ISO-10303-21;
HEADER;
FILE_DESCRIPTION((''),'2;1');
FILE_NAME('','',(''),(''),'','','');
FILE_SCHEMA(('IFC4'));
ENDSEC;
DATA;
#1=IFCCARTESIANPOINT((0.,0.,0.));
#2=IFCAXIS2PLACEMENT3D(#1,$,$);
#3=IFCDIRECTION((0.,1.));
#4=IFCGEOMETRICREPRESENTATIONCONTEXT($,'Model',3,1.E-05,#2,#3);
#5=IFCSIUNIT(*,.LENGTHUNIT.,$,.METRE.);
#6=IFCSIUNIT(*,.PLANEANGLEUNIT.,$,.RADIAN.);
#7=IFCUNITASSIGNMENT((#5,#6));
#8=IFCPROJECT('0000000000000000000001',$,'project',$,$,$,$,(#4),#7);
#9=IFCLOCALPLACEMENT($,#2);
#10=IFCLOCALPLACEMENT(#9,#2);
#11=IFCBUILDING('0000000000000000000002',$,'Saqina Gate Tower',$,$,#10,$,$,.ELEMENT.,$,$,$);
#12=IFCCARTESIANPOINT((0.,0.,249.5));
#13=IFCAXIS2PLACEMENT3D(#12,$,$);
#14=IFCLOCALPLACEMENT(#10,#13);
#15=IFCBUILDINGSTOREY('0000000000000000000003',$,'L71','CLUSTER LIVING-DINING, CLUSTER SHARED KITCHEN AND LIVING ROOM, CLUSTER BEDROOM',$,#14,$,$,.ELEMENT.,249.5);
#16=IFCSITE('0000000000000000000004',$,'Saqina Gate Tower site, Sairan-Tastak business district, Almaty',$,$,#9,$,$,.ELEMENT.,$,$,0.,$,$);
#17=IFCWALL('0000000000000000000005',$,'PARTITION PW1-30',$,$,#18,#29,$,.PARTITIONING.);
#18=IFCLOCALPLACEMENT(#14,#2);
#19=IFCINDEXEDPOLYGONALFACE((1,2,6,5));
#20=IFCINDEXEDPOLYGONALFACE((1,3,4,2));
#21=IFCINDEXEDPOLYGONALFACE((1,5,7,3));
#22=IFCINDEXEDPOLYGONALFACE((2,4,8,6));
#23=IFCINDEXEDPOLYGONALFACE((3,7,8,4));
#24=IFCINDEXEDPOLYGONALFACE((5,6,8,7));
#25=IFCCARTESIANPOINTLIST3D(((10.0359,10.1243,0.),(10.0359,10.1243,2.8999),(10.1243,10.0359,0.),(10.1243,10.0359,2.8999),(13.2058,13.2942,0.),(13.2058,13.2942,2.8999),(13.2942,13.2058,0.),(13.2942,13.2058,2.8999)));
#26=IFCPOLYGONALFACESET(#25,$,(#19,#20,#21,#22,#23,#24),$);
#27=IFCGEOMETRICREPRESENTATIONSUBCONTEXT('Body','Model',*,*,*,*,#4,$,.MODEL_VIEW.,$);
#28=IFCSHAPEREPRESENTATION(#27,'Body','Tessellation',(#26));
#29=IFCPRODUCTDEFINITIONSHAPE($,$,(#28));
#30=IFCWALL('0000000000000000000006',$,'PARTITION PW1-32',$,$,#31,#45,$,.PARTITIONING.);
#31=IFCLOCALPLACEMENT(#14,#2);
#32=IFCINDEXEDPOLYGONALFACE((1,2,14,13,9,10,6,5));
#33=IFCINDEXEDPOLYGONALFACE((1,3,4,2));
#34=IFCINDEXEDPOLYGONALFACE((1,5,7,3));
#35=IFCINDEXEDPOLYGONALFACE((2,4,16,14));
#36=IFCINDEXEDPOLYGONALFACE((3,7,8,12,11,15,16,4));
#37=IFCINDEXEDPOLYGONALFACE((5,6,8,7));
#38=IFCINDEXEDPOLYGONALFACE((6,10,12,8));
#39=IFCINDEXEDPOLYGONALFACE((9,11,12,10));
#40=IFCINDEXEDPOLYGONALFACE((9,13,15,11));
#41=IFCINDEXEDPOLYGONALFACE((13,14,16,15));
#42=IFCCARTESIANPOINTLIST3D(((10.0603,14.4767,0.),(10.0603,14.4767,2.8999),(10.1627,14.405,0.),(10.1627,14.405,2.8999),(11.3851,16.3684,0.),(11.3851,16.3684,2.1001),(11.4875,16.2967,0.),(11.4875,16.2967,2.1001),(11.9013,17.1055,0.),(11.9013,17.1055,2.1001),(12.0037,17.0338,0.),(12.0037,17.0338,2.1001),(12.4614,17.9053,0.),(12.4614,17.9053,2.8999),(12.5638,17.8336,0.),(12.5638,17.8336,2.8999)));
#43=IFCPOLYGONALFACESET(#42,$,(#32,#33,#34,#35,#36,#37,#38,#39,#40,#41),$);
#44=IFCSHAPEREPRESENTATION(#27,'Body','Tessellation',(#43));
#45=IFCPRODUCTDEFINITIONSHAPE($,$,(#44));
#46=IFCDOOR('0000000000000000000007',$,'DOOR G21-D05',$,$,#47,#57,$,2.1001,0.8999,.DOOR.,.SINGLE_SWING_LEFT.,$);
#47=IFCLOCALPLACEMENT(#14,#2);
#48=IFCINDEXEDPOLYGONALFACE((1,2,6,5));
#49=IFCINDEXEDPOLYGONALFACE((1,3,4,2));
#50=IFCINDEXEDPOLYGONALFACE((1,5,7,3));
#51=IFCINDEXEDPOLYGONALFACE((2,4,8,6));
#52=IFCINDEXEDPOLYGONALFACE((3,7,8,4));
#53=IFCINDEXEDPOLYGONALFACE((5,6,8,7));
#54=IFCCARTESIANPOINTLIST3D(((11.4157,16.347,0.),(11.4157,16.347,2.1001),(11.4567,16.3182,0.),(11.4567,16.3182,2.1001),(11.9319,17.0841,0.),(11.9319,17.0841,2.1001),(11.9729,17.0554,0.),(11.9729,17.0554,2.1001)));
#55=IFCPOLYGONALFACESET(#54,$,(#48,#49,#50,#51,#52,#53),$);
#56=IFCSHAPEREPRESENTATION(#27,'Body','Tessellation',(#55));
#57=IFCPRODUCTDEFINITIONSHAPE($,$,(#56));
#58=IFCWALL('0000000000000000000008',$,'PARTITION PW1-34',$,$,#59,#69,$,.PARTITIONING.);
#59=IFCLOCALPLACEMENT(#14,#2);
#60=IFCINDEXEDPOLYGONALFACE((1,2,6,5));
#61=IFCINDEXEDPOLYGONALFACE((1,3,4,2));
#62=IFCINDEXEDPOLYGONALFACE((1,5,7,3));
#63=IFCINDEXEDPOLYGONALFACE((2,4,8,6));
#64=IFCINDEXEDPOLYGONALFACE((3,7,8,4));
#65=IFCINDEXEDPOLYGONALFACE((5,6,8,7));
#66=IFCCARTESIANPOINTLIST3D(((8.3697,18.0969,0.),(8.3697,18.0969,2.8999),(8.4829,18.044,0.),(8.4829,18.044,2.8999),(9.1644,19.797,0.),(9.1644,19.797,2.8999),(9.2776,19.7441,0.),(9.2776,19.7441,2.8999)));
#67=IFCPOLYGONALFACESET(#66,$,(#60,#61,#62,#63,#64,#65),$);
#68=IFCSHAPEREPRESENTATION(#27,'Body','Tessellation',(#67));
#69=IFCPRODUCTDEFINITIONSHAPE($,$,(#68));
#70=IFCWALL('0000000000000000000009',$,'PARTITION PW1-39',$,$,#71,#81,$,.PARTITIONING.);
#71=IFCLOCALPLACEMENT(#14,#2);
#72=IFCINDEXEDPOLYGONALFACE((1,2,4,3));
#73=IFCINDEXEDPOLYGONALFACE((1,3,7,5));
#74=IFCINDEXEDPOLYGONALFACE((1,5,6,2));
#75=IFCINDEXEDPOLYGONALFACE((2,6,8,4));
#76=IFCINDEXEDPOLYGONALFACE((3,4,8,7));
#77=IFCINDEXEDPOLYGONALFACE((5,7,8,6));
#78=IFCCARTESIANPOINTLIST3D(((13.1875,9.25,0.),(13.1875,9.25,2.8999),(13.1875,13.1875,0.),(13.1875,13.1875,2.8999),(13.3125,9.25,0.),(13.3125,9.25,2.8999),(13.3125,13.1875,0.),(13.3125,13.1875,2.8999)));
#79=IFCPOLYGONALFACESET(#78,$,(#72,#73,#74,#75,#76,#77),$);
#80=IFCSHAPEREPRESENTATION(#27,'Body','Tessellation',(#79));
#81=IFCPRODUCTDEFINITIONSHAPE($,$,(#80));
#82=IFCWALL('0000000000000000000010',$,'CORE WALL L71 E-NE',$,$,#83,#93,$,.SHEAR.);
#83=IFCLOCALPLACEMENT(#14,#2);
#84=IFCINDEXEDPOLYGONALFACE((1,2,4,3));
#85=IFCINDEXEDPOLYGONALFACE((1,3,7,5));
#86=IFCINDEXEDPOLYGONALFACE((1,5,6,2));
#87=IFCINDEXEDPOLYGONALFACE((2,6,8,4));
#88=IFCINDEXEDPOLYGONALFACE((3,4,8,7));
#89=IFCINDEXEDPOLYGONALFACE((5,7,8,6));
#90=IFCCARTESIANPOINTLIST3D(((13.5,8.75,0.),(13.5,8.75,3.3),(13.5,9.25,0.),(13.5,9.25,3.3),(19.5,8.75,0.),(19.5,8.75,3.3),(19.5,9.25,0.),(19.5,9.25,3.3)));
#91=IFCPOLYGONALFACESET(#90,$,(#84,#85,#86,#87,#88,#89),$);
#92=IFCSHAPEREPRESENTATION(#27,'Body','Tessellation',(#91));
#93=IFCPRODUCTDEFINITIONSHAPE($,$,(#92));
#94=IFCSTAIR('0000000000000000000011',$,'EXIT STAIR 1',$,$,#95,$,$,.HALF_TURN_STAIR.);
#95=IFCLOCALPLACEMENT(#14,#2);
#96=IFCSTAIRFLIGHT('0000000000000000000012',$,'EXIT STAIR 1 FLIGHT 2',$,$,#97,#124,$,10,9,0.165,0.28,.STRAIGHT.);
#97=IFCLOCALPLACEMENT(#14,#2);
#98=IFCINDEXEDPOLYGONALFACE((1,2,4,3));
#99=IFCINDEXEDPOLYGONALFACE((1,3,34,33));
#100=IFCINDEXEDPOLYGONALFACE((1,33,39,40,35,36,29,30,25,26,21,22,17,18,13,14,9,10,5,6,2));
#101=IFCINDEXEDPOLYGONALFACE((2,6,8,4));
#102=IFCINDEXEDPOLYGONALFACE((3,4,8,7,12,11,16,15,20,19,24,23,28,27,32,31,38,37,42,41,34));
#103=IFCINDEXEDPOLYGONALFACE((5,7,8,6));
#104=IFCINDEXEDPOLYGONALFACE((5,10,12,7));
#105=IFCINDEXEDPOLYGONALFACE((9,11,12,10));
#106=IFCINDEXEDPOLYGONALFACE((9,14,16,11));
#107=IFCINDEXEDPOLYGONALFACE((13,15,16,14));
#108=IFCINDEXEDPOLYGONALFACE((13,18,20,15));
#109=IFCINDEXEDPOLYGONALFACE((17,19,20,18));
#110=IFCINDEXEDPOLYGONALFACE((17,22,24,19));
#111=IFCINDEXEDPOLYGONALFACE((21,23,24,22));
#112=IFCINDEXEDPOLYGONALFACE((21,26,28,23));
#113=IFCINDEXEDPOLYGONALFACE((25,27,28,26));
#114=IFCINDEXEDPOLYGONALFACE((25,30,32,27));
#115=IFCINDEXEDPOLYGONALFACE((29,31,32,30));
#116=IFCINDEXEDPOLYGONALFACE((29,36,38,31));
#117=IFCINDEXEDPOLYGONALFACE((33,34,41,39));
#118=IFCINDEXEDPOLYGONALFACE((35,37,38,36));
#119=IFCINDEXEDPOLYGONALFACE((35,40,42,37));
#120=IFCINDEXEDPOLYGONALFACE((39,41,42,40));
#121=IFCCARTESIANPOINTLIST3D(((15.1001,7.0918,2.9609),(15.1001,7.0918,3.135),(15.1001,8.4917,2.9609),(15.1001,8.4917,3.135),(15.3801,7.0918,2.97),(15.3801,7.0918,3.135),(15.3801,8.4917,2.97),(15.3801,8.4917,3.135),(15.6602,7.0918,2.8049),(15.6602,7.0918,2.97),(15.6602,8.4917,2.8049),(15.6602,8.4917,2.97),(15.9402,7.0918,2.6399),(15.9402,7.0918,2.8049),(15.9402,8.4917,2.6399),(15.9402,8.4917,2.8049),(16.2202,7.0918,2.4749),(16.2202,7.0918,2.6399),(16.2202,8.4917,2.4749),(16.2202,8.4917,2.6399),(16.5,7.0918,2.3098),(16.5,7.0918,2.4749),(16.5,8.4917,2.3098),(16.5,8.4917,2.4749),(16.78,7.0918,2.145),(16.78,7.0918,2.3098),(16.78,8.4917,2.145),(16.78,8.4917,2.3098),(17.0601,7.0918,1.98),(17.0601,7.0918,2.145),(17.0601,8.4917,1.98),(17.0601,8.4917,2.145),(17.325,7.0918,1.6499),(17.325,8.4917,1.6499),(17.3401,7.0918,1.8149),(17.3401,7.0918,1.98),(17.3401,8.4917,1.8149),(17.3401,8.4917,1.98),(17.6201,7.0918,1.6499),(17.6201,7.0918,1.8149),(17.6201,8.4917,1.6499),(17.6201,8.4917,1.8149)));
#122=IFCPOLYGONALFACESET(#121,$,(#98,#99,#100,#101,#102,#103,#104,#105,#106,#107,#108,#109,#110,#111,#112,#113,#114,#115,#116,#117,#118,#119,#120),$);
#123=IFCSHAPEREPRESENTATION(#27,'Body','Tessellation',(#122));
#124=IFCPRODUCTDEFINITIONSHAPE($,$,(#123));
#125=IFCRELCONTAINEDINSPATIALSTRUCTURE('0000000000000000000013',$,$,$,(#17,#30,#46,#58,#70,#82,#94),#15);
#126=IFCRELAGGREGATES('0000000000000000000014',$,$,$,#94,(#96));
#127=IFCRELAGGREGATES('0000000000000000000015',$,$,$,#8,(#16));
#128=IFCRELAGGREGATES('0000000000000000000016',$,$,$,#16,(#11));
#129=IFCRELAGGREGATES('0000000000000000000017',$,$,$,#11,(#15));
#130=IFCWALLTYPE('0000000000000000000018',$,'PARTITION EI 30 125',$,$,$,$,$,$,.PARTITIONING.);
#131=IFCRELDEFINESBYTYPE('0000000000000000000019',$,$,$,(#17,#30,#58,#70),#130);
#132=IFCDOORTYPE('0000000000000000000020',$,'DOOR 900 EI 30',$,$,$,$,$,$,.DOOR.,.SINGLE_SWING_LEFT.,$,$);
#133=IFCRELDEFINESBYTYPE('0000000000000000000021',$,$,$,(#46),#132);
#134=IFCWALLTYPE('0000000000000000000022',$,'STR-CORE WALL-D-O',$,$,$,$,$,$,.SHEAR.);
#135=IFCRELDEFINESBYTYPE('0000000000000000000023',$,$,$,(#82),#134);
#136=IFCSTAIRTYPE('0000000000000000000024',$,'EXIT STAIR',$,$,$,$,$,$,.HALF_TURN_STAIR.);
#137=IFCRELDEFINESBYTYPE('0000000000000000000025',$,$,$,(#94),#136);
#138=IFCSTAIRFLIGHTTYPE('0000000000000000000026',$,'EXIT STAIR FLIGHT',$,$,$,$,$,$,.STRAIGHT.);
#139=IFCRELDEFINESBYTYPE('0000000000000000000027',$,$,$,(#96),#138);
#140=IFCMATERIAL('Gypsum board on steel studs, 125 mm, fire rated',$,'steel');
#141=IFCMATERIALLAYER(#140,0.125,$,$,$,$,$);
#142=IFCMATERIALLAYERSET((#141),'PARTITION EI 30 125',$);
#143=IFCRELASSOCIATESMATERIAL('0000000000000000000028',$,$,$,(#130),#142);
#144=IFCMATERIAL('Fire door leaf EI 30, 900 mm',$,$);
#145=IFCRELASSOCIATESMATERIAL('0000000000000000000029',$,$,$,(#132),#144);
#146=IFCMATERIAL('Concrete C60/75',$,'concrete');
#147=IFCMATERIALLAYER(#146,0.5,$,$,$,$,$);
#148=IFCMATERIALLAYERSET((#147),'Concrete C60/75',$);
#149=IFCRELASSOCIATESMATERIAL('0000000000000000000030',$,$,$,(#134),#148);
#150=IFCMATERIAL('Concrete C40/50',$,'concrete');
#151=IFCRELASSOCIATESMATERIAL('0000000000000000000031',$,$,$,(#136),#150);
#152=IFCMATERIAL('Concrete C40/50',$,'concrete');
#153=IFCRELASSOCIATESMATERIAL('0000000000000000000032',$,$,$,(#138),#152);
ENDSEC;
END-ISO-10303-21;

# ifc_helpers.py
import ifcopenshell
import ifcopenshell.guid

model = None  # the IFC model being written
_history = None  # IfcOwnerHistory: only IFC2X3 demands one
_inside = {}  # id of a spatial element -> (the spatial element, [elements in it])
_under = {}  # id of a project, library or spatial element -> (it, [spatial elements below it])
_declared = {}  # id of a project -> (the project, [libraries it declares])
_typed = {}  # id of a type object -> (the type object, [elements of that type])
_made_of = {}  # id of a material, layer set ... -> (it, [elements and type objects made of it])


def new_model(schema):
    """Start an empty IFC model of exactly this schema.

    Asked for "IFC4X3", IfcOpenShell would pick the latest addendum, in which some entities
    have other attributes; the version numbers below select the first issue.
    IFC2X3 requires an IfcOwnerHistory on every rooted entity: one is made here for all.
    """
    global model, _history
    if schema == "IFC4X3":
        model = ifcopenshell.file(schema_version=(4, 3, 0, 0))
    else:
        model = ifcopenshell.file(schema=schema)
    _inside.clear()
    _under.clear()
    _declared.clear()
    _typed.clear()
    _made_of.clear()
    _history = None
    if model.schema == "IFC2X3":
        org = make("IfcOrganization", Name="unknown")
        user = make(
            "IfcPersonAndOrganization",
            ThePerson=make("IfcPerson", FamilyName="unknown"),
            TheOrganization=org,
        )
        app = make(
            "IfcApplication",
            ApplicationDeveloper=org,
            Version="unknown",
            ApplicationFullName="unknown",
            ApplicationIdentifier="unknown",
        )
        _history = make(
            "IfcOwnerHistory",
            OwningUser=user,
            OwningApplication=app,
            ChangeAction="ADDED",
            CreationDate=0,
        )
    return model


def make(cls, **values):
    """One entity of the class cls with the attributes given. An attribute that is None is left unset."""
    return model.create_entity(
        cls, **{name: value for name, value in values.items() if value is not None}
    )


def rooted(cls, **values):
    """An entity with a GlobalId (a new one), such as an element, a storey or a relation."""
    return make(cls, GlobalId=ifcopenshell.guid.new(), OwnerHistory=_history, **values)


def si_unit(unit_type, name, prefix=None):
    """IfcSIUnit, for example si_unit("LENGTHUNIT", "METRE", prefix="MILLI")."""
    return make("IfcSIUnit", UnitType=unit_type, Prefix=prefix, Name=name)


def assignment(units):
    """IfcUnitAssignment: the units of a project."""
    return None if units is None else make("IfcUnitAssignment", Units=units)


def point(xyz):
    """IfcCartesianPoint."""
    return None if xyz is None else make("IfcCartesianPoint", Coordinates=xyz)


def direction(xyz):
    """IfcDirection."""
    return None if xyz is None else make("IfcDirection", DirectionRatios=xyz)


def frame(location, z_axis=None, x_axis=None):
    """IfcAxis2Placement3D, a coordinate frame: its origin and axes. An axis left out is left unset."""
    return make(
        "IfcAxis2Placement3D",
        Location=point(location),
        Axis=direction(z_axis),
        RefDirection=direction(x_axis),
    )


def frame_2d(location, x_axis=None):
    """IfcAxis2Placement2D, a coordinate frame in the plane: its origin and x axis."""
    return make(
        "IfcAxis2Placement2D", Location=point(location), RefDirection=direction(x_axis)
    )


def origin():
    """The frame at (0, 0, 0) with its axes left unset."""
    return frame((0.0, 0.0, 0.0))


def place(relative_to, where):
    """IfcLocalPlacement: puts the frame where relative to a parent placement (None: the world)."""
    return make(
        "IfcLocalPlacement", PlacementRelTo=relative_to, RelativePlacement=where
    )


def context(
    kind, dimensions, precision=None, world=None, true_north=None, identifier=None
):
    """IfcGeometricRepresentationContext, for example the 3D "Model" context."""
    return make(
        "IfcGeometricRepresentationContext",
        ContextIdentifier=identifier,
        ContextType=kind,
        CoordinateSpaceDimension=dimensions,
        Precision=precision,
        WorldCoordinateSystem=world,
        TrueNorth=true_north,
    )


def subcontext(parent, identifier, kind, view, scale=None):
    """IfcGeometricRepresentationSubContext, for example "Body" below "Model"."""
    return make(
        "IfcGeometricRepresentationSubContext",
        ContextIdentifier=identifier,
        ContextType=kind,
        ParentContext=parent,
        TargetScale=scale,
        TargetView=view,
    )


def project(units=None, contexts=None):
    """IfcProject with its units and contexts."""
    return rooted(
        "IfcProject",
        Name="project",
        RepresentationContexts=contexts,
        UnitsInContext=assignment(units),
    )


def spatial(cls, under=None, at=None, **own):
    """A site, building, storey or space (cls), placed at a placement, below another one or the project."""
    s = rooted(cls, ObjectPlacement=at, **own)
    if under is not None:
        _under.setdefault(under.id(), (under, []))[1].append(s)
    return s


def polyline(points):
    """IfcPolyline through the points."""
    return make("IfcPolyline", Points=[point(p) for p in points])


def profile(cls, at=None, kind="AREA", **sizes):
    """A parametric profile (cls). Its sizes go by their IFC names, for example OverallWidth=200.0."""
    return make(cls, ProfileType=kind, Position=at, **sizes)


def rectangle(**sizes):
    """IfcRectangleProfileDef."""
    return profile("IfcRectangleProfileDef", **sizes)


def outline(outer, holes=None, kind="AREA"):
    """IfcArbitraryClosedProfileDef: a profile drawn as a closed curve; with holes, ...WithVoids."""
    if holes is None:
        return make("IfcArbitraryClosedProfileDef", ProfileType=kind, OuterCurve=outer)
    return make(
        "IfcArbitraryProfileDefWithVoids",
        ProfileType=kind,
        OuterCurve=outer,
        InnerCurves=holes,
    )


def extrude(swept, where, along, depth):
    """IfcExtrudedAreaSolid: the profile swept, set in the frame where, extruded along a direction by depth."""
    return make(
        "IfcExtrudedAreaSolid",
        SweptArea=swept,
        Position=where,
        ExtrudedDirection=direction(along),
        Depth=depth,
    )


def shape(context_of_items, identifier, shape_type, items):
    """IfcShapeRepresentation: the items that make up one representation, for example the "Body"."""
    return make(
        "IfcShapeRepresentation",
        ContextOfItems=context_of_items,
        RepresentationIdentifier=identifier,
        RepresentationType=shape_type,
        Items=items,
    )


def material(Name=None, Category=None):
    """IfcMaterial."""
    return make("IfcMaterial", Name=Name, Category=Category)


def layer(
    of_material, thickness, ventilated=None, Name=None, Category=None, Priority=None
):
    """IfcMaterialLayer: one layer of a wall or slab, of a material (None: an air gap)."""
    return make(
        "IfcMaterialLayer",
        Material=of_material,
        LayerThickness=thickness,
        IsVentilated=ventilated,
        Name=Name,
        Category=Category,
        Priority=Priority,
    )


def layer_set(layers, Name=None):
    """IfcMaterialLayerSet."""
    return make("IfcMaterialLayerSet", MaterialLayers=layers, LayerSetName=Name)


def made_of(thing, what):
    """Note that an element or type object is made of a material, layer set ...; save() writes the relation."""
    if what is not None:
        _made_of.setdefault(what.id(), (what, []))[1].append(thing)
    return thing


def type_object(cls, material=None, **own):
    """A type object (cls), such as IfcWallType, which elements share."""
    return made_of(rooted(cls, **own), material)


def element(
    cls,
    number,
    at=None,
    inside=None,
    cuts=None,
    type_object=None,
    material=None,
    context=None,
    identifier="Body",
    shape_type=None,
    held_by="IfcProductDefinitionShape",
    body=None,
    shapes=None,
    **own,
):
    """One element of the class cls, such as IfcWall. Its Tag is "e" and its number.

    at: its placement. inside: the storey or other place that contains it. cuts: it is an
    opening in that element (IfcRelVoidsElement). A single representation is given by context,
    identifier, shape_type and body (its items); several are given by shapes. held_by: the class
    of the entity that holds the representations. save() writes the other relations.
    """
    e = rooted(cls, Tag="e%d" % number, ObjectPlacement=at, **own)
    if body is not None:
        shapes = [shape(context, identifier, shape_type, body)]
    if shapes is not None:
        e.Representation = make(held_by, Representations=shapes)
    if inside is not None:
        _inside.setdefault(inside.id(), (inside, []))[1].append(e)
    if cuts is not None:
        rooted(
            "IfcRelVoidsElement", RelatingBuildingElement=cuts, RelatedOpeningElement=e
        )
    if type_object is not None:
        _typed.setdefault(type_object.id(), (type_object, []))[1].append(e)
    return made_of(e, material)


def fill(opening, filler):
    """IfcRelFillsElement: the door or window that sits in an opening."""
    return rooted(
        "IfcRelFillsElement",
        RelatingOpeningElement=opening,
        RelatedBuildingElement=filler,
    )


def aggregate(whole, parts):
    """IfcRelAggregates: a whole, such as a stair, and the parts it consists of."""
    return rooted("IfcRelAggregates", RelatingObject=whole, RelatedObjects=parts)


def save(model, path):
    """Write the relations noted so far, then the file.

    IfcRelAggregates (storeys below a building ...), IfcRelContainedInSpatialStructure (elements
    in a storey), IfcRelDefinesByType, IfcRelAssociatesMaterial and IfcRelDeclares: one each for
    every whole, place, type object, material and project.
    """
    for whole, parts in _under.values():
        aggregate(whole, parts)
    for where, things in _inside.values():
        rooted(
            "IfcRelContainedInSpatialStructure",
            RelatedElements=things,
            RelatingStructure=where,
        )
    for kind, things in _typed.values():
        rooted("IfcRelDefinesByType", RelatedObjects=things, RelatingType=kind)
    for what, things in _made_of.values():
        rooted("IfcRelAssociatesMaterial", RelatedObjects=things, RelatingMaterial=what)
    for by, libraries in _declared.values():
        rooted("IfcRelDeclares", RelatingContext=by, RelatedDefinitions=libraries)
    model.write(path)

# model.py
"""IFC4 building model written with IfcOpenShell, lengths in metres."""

from ifc_helpers import new_model, si_unit, direction, frame, frame_2d, origin, place, context, subcontext, project, spatial, polyline, rectangle, outline, extrude, material, layer, layer_set, type_object, element, fill, aggregate, save


model = new_model("IFC4")

# Units and contexts
model_context = context("Model", 3, precision=1e-05, world=origin(), true_north=direction((0.0, 1.0)))
body_context = subcontext(model_context, "Body", "Model", "MODEL_VIEW")
ifc_project = project(units=[si_unit("LENGTHUNIT", "METRE"), si_unit("PLANEANGLEUNIT", "RADIAN")], contexts=[model_context])

# Site, building, storey
site_placement = place(None, origin())
site = spatial("IfcSite", under=ifc_project, at=site_placement, Name="Saqina Gate Tower site, Sairan-Tastak business district, Almaty", CompositionType="ELEMENT", RefElevation=0.0)
building_placement = place(site_placement, origin())
building = spatial("IfcBuilding", under=site, at=building_placement, Name="Saqina Gate Tower", CompositionType="ELEMENT")
storey_placement = place(building_placement, frame((0.0, 0.0, 249.5)))
storey = spatial("IfcBuildingStorey", under=building, at=storey_placement, Name="L71", Description="CLUSTER LIVING-DINING, CLUSTER SHARED KITCHEN AND LIVING ROOM, CLUSTER BEDROOM", CompositionType="ELEMENT", Elevation=249.5)

# Wall
ifc_material_1 = material(Name="Gypsum board on steel studs, 125 mm, fire rated", Category="steel")
ifc_layer_1 = layer(ifc_material_1, 0.125)
ifc_layer_set_1 = layer_set([ifc_layer_1], Name="PARTITION EI 30 125")
wall_type_1 = type_object("IfcWallType", Name="PARTITION EI 30 125", PredefinedType="PARTITIONING", material=ifc_layer_set_1)
wall_1_placement = place(storey_placement, frame((10.0801, 10.0801, 0.0), z_axis=(0.0, 0.0, 1.0), x_axis=(0.707107, 0.707107, 0.0)))
element("IfcWall", 1, at=wall_1_placement, inside=storey, type_object=wall_type_1, Name="PARTITION PW1-30", PredefinedType="PARTITIONING", context=body_context, shape_type="SweptSolid", body=[
    extrude(rectangle(XDim=4.4829, YDim=0.125, at=frame_2d((2.2415, 0.0))), origin(), (0.0, 0.0, 1.0), 2.8999),
])

# Wall, opening, door
wall_2_placement = place(storey_placement, frame((10.1116, 14.4409, 0.0), z_axis=(0.0, 0.0, 1.0), x_axis=(0.573627, 0.819117, 0.0)))
wall_2 = element("IfcWall", 2, at=wall_2_placement, inside=storey, type_object=wall_type_1, Name="PARTITION PW1-32", PredefinedType="PARTITIONING", context=body_context, shape_type="SweptSolid", body=[
    extrude(rectangle(XDim=4.1858, YDim=0.125, at=frame_2d((2.0928, 0.0))), origin(), (0.0, 0.0, 1.0), 2.8999),
])
opening_1_placement = place(wall_2_placement, frame((2.3093, 0.0, 0.0)))
opening_1 = element("IfcOpeningElement", 3, at=opening_1_placement, cuts=wall_2, PredefinedType="OPENING", context=body_context, shape_type="SweptSolid", body=[
    extrude(rectangle(XDim=0.8999, YDim=2.1001, at=frame_2d((0.45, 1.05))), frame((0.0, 0.0745, 0.0), z_axis=(0.0, -1.0, 0.0), x_axis=(1.0, 0.0, 0.0)), (0.0, 0.0, 1.0), 0.1489),
])
ifc_material_2 = material(Name="Fire door leaf EI 30, 900 mm")
door_type_1 = type_object("IfcDoorType", Name="DOOR 900 EI 30", OperationType="SINGLE_SWING_LEFT", PredefinedType="DOOR", material=ifc_material_2)
door_1_placement = place(opening_1_placement, frame((0.8999, 0.0, 0.0), z_axis=(0.0, 0.0, 1.0), x_axis=(-1.0, 0.0, 0.0)))
door_1 = element("IfcDoor", 4, at=door_1_placement, inside=storey, type_object=door_type_1, Name="DOOR G21-D05", OperationType="SINGLE_SWING_LEFT", OverallHeight=2.1001, OverallWidth=0.8999, PredefinedType="DOOR", context=body_context, shape_type="SweptSolid", body=[
    extrude(rectangle(XDim=0.8999, YDim=2.1001, at=frame_2d((0.45, 1.05))), frame((0.0, 0.0249, 0.0), z_axis=(0.0, -1.0, 0.0), x_axis=(1.0, 0.0, 0.0)), (0.0, 0.0, 1.0), 0.05),
])
fill(opening_1, door_1)

# Walls
wall_3_placement = place(storey_placement, frame((8.4263, 18.0703, 0.0), z_axis=(0.0, 0.0, 1.0), x_axis=(0.423434, 0.905927, 0.0)))
element("IfcWall", 5, at=wall_3_placement, inside=storey, type_object=wall_type_1, Name="PARTITION PW1-34", PredefinedType="PARTITIONING", context=body_context, shape_type="SweptSolid", body=[
    extrude(rectangle(XDim=1.8767, YDim=0.125, at=frame_2d((0.9385, 0.0))), origin(), (0.0, 0.0, 1.0), 2.8999),
])
wall_4_placement = place(storey_placement, frame((13.25, 9.25, 0.0), z_axis=(0.0, 0.0, 1.0), x_axis=(0.0, 1.0, 0.0)))
element("IfcWall", 6, at=wall_4_placement, inside=storey, type_object=wall_type_1, Name="PARTITION PW1-39", PredefinedType="PARTITIONING", context=body_context, shape_type="SweptSolid", body=[
    extrude(rectangle(XDim=3.9375, YDim=0.125, at=frame_2d((1.9688, 0.0))), origin(), (0.0, 0.0, 1.0), 2.8999),
])
ifc_material_3 = material(Name="Concrete C60/75", Category="concrete")
ifc_layer_2 = layer(ifc_material_3, 0.5)
ifc_layer_set_2 = layer_set([ifc_layer_2], Name="Concrete C60/75")
wall_type_2 = type_object("IfcWallType", Name="STR-CORE WALL-D-O", PredefinedType="SHEAR", material=ifc_layer_set_2)
wall_5_placement = place(storey_placement, frame((13.5, 9.0, 0.0), z_axis=(0.0, 0.0, 1.0), x_axis=(1.0, 0.0, 0.0)))
element("IfcWall", 7, at=wall_5_placement, inside=storey, type_object=wall_type_2, Name="CORE WALL L71 E-NE", PredefinedType="SHEAR", context=body_context, shape_type="SweptSolid", body=[
    extrude(rectangle(XDim=6.0, YDim=0.5, at=frame_2d((3.0, 0.0))), origin(), (0.0, 0.0, 1.0), 3.3),
])

# Stair, stair flight
ifc_material_4 = material(Name="Concrete C40/50", Category="concrete")
stair_type = type_object("IfcStairType", Name="EXIT STAIR", PredefinedType="HALF_TURN_STAIR", material=ifc_material_4)
stair_placement = place(storey_placement, origin())
stair = element("IfcStair", 8, at=stair_placement, inside=storey, type_object=stair_type, Name="EXIT STAIR 1", PredefinedType="HALF_TURN_STAIR")
ifc_material_5 = material(Name="Concrete C40/50", Category="concrete")
stair_flight_type = type_object("IfcStairFlightType", Name="EXIT STAIR FLIGHT", PredefinedType="STRAIGHT", material=ifc_material_5)
stair_flight_placement = place(storey_placement, frame((17.6201, 7.7917, 1.6499), z_axis=(0.0, 0.0, 1.0), x_axis=(-1.0, 0.0, 0.0)))
stair_flight = element("IfcStairFlight", 9, at=stair_flight_placement, type_object=stair_flight_type, Name="EXIT STAIR 1 FLIGHT 2", NumberOfRisers=10, NumberOfTreads=9, PredefinedType="STRAIGHT", RiserHeight=0.165, TreadLength=0.28, context=body_context, shape_type="SweptSolid", body=[
    extrude(outline(polyline([(0.0, 0.0), (0.0, 0.165), (0.28, 0.165), (0.28, 0.3301), (0.5601, 0.3301), (0.5601, 0.4951), (0.8401, 0.4951), (0.8401, 0.6599), (1.1201, 0.6599), (1.1201, 0.825), (1.3999, 0.825), (1.3999, 0.99), (1.6799, 0.99), (1.6799, 1.155), (1.96, 1.155), (1.96, 1.3201), (2.24, 1.3201), (2.24, 1.4851), (2.52, 1.4851), (2.52, 1.6499), (2.52, 1.311), (0.2952, 0.0), (0.0, 0.0)])), frame((0.0, 0.7, 0.0), z_axis=(0.0, -1.0, 0.0), x_axis=(1.0, 0.0, 0.0)), (0.0, 0.0, 1.0), 1.3999),
])
aggregate(stair, [stair_flight])

save(model, "model.ifc")
